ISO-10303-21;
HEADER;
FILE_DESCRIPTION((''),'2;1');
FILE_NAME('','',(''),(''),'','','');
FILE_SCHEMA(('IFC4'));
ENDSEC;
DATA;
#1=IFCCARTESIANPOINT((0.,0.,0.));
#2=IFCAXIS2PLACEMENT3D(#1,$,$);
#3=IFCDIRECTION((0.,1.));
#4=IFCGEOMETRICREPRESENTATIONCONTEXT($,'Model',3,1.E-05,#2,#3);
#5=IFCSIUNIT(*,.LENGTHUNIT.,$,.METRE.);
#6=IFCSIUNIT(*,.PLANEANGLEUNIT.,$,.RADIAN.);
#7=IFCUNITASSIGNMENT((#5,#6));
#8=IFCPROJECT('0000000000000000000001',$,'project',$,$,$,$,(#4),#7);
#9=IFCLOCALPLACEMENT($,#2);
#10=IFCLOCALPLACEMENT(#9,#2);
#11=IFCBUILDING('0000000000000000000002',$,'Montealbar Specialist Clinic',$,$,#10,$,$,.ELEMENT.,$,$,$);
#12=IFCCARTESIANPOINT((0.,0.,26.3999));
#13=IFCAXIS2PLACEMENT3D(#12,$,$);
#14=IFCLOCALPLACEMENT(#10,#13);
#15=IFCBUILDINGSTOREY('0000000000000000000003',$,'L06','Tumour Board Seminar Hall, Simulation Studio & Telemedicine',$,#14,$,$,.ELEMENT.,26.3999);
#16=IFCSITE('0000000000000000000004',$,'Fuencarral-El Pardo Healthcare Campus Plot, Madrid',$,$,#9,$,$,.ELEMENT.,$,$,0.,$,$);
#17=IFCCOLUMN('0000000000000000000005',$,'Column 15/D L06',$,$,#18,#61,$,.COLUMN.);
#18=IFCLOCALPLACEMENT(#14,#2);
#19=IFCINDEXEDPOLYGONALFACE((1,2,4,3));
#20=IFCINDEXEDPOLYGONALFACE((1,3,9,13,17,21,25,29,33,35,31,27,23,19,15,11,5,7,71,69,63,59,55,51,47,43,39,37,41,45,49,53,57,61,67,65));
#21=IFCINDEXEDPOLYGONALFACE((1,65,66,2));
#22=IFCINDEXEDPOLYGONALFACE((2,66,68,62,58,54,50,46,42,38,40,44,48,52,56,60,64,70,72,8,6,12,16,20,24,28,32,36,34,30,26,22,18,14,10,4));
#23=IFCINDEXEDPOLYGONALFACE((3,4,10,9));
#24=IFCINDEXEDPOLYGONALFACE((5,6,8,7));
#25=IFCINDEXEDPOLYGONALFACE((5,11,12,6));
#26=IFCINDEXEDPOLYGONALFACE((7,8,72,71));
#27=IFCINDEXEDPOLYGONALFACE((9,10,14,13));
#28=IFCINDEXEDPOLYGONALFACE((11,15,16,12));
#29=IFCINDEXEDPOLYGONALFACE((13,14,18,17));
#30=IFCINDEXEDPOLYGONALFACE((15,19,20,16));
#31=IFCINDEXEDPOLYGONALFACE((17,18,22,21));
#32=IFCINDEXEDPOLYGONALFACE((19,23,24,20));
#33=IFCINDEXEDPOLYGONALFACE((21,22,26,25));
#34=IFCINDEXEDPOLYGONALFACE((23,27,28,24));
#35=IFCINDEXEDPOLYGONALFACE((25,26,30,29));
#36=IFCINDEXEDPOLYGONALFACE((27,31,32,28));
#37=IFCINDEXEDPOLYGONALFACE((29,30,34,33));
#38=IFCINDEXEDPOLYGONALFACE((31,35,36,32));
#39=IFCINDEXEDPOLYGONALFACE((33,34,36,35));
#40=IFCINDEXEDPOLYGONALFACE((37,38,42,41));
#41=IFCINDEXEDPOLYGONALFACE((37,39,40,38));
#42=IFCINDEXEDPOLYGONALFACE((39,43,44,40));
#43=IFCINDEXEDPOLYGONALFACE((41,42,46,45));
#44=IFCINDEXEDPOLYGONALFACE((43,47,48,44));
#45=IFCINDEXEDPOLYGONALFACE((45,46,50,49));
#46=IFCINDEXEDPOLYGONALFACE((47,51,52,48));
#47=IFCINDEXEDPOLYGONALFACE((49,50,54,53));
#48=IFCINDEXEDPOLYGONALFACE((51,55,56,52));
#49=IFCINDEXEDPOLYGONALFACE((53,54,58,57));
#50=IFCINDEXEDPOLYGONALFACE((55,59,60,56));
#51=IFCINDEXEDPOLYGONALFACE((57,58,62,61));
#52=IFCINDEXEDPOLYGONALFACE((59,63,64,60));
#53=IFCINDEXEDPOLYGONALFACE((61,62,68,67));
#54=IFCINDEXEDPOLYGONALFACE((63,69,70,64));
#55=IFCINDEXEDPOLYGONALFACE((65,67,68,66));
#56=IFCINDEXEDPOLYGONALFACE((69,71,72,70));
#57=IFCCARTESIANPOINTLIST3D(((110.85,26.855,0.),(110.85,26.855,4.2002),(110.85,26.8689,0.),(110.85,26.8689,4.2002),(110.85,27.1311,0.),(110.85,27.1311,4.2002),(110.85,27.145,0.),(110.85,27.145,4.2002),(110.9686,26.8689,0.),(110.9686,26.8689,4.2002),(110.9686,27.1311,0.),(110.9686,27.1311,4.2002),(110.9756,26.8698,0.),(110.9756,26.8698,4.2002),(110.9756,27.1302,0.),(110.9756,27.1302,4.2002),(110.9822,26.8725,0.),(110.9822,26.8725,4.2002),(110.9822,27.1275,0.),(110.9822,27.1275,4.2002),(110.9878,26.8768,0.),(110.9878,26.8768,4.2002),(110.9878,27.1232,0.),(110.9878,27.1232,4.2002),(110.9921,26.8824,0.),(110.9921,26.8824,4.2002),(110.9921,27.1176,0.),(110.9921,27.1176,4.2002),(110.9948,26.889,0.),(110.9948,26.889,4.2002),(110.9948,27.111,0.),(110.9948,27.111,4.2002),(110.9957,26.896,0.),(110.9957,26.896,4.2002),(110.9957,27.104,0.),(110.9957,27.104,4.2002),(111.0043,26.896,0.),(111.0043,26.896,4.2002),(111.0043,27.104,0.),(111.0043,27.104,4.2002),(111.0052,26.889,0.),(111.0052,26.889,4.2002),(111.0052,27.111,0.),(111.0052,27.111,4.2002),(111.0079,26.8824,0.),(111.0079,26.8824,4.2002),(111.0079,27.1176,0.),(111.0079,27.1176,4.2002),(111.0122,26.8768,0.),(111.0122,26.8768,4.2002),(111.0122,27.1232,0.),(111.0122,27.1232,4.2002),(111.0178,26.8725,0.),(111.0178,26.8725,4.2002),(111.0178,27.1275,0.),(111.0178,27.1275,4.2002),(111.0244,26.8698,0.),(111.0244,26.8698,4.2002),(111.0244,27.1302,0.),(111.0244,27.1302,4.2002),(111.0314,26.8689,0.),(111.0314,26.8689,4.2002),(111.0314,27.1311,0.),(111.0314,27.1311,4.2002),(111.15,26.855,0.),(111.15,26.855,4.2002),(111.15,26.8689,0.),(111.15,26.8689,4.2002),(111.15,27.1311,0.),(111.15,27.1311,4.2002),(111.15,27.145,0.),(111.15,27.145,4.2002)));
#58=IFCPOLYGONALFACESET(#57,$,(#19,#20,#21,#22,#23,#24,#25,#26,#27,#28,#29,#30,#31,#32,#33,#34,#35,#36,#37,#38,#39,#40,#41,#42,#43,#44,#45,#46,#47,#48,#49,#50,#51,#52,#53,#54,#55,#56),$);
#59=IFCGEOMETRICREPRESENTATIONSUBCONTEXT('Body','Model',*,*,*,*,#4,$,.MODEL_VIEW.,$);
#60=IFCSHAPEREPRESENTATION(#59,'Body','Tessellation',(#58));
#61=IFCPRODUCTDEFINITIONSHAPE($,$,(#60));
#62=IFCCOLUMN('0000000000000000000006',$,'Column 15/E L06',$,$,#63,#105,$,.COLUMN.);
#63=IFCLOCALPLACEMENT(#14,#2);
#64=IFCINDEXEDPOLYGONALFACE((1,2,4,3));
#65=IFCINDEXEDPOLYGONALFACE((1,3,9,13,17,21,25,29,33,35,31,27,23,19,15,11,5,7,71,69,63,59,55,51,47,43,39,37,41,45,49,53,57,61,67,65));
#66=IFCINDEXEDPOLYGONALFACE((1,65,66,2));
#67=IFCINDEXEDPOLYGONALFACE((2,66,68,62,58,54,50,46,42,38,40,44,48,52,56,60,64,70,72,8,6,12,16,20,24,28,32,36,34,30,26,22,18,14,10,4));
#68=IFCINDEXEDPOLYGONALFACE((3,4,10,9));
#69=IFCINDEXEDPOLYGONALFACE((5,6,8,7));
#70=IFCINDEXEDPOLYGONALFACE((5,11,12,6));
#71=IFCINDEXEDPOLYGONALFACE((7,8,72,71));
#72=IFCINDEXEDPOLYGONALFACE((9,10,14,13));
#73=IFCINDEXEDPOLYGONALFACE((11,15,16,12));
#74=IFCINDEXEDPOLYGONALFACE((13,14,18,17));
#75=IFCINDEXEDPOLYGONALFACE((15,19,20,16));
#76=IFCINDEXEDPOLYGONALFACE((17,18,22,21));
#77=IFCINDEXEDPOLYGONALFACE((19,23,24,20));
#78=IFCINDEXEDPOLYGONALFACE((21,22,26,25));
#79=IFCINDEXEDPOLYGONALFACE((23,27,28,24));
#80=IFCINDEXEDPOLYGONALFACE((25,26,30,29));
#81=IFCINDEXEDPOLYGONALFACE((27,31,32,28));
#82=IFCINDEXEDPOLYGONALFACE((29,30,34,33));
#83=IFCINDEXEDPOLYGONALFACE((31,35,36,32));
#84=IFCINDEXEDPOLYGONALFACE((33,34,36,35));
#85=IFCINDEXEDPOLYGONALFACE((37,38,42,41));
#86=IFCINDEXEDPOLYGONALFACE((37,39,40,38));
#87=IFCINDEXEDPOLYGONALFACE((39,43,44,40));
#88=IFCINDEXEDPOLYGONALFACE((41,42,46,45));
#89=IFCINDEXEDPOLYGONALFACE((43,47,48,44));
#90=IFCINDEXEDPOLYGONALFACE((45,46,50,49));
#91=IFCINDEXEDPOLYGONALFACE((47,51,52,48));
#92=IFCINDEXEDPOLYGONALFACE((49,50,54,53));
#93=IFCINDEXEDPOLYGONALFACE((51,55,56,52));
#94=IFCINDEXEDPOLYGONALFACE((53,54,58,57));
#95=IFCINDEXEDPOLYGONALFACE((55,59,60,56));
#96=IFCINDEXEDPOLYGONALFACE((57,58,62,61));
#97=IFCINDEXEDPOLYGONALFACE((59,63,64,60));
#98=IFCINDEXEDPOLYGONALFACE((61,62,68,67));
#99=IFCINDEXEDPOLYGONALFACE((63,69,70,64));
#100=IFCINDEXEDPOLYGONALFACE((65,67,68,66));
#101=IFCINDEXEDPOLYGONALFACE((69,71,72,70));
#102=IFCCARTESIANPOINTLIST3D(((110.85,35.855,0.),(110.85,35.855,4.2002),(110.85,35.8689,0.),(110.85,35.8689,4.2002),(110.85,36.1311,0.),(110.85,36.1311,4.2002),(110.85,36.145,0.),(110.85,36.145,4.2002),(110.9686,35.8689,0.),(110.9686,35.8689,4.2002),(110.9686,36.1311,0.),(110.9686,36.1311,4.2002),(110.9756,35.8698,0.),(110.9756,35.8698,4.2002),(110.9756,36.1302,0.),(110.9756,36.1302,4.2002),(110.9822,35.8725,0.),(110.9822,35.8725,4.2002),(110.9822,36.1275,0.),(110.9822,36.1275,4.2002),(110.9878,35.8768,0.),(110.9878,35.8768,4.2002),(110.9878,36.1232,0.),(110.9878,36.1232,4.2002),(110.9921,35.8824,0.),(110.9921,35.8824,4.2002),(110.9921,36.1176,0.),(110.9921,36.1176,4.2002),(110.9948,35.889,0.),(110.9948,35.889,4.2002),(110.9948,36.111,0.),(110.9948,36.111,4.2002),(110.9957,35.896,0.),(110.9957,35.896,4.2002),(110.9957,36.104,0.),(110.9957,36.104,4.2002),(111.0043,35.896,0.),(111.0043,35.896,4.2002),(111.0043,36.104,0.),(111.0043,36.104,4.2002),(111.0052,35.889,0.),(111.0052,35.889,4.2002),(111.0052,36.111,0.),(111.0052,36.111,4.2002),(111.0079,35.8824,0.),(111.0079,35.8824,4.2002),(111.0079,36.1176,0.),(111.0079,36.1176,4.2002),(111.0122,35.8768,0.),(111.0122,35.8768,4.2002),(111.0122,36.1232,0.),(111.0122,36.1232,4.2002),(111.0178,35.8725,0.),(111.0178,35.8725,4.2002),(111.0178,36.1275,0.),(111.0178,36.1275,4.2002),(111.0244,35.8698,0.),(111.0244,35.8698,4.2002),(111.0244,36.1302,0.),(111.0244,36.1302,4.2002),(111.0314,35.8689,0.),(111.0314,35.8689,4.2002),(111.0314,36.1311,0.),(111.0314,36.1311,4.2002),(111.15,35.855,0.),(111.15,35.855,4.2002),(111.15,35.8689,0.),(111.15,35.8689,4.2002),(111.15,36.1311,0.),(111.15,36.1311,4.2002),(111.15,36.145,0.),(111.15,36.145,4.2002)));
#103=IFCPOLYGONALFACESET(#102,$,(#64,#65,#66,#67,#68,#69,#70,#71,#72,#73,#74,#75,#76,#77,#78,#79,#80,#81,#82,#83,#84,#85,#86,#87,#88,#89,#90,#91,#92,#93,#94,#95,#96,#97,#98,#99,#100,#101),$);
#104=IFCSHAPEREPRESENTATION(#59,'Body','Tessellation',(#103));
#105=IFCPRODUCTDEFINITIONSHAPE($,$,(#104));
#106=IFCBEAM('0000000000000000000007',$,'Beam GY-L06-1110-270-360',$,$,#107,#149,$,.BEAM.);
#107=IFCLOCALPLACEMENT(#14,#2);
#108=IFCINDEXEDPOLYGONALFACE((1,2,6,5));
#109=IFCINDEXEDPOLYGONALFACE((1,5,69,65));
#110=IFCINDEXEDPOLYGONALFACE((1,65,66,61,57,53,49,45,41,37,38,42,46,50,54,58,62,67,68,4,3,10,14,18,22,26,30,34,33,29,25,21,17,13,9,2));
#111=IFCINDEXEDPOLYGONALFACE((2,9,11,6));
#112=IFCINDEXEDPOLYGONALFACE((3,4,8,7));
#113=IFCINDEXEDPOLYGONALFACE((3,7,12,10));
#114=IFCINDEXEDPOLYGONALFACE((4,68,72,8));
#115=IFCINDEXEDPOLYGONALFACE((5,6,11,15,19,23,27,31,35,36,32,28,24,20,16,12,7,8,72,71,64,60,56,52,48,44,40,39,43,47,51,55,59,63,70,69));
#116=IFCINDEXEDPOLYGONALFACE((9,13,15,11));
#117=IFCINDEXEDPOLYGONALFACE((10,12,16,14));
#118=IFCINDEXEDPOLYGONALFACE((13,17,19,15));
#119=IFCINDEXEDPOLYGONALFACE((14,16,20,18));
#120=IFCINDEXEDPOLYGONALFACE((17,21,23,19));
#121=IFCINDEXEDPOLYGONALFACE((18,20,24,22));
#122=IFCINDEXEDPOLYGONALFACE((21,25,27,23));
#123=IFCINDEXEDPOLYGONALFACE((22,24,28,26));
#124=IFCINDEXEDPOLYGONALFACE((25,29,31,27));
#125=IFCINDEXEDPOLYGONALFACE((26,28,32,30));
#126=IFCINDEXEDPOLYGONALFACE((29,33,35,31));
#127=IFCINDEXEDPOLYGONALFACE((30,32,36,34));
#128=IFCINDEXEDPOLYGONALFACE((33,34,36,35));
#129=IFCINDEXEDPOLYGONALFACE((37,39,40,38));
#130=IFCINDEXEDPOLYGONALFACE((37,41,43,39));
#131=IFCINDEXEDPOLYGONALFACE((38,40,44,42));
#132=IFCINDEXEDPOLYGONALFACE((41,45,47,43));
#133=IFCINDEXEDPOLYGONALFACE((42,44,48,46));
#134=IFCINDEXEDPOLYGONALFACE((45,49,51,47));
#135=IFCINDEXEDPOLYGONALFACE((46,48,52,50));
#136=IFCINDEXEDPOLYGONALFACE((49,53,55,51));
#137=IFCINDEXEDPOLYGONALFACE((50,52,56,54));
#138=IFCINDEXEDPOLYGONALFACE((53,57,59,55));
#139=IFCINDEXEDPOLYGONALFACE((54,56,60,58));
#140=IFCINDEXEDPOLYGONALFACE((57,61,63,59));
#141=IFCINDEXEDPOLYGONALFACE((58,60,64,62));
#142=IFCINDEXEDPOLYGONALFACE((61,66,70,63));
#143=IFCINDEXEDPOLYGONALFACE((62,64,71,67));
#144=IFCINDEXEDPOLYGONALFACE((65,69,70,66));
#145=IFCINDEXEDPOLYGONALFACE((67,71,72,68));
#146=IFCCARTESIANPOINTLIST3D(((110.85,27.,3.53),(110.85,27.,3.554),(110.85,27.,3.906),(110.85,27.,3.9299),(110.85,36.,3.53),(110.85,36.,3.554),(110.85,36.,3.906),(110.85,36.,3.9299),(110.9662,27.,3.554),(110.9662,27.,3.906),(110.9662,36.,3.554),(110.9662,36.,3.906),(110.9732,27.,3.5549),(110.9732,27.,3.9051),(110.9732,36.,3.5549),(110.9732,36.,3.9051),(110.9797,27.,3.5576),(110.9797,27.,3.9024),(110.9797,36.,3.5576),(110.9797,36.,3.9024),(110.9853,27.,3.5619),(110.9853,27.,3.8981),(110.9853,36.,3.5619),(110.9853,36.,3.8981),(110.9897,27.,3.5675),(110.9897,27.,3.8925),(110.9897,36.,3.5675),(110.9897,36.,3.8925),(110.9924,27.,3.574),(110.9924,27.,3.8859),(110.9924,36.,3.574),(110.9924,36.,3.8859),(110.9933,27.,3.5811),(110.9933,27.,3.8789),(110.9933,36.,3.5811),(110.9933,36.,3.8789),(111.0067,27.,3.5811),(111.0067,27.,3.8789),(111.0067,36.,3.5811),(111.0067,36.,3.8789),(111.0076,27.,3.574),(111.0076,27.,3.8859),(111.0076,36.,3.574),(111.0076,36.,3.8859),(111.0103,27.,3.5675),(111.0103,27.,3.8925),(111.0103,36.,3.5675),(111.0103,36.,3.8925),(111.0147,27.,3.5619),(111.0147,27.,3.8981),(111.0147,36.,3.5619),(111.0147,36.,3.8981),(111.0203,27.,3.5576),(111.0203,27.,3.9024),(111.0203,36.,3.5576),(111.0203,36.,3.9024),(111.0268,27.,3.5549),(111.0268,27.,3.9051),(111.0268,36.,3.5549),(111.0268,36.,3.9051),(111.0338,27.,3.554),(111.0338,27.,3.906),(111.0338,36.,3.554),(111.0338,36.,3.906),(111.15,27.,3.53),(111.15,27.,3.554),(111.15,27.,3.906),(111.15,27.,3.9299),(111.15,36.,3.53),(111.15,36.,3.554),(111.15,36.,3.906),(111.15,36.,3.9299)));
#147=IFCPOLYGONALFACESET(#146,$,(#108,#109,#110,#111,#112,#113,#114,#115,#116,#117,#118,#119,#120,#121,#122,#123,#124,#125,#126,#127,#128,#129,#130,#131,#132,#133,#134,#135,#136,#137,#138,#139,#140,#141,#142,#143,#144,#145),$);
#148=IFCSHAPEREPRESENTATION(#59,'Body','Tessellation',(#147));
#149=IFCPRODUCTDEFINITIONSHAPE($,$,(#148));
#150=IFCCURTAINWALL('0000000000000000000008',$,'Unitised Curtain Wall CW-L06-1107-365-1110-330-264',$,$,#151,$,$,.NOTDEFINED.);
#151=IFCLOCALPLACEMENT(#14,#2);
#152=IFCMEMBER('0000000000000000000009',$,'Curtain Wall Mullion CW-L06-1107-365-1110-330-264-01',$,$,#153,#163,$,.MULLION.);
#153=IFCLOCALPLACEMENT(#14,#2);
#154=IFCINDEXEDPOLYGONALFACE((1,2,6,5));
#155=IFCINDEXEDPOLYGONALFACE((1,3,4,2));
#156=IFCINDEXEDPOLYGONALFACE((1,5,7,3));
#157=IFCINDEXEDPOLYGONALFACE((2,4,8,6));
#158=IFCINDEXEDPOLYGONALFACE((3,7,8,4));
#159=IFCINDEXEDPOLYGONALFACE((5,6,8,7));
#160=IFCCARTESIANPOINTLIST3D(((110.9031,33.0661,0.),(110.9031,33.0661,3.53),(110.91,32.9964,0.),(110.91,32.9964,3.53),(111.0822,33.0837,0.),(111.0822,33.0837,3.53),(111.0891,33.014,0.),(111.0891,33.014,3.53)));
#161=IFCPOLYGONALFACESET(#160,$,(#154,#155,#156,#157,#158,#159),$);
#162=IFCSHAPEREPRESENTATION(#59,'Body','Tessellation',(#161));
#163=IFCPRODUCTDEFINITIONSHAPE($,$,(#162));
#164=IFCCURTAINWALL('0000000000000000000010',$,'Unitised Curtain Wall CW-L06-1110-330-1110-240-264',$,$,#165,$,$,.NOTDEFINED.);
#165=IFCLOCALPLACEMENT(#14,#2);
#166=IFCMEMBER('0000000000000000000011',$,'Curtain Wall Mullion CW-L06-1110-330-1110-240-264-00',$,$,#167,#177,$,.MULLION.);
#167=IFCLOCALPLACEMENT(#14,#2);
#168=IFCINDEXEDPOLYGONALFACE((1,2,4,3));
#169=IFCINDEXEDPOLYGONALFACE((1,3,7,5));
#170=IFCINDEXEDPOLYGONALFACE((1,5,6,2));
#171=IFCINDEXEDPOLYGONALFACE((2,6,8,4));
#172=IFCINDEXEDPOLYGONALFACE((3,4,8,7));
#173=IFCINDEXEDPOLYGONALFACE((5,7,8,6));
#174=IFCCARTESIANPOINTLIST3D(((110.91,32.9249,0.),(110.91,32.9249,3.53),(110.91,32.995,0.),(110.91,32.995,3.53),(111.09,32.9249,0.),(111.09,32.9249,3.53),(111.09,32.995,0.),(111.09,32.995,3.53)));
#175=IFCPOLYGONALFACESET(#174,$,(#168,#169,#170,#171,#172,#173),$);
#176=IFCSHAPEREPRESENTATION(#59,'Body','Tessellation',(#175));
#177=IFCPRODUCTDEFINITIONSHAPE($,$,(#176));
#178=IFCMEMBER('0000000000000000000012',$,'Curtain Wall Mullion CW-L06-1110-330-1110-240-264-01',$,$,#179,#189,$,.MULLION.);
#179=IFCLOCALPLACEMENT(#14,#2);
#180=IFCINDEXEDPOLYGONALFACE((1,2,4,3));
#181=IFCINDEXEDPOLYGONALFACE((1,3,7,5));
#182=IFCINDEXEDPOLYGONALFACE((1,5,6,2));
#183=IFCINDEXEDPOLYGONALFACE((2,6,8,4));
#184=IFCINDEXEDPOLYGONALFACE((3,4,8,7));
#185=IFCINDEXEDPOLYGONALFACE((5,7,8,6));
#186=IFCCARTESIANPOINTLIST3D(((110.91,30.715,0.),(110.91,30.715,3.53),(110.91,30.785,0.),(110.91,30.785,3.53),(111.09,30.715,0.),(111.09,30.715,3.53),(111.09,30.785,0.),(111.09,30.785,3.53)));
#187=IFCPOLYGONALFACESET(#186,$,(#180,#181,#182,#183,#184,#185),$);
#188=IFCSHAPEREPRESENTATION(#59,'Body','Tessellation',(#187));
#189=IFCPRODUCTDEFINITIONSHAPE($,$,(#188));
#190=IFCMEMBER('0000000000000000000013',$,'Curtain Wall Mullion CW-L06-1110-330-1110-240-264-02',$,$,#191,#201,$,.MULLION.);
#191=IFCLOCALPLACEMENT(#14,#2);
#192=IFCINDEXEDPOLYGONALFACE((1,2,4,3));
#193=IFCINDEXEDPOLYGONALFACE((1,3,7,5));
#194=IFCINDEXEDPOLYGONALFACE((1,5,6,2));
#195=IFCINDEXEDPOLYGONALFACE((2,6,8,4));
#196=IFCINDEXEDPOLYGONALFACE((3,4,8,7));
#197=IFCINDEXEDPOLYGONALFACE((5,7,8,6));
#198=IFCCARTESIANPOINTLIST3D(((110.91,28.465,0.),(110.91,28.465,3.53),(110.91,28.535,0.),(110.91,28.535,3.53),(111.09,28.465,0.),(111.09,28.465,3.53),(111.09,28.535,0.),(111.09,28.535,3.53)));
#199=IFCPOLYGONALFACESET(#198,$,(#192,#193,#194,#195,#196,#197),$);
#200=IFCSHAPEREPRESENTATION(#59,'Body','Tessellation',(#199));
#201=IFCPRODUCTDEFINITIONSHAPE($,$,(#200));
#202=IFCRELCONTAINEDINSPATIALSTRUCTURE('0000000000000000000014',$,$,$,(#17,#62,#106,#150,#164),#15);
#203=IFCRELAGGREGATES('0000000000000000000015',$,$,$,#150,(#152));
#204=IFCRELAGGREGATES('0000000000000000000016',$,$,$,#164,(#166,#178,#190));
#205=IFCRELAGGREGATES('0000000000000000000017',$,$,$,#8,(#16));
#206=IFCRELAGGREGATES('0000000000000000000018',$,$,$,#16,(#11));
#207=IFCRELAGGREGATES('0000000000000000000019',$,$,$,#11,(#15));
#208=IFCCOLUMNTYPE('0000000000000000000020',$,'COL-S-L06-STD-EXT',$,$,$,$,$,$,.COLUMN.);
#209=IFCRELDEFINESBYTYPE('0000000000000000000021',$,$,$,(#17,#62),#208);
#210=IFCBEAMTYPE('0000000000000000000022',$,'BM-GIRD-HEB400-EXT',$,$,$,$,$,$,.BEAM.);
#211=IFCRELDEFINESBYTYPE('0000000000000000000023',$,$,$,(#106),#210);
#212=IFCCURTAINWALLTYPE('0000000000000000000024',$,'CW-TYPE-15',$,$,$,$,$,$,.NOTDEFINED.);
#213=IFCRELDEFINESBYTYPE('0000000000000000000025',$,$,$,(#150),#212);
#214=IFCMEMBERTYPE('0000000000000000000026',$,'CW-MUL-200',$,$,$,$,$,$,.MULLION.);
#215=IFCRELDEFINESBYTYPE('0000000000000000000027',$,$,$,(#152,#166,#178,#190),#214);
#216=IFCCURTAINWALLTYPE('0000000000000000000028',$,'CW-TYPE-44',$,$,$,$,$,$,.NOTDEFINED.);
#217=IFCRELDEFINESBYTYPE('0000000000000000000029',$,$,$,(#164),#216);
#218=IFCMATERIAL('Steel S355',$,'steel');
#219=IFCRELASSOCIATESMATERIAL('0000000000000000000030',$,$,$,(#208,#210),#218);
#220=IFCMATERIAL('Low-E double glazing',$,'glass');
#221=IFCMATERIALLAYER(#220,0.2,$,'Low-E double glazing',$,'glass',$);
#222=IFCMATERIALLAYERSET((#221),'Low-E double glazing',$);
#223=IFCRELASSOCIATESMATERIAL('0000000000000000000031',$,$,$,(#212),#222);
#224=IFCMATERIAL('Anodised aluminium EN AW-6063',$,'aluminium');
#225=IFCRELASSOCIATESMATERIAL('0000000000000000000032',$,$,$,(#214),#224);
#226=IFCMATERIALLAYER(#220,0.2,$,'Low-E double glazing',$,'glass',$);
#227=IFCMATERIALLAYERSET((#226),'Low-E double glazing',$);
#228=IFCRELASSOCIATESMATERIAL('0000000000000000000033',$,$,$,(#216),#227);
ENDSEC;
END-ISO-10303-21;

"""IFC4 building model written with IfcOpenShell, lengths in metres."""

from ifc_helpers import new_model, si_unit, direction, frame, origin, origin_2d, place, context, subcontext, project, spatial, rectangle, i_section, extrude, material, layer, layer_set, material_profile, profile_set, type_object, element, aggregate, save


model = new_model("IFC4")

# Units and contexts
model_context = context("Model", 3, precision=1e-05, world=origin(), true_north=direction((0.0, 1.0)))
body_context = subcontext(model_context, "Body", "Model", "MODEL_VIEW")
ifc_project = project(units=[si_unit("LENGTHUNIT", "METRE"), si_unit("PLANEANGLEUNIT", "RADIAN")], contexts=[model_context])

# Site, building, storey
site_placement = place(None, origin())
site = spatial("IfcSite", under=ifc_project, at=site_placement, Name="Fuencarral-El Pardo Healthcare Campus Plot, Madrid", CompositionType="ELEMENT", RefElevation=0.0)
building_placement = place(site_placement, origin())
building = spatial("IfcBuilding", under=site, at=building_placement, Name="Montealbar Specialist Clinic", CompositionType="ELEMENT")
storey_placement = place(building_placement, frame((0.0, 0.0, 26.3999)))
storey = spatial("IfcBuildingStorey", under=building, at=storey_placement, Name="L06", Description="Tumour Board Seminar Hall, Simulation Studio & Telemedicine", CompositionType="ELEMENT", Elevation=26.3999)

# Columns
ifc_material_1 = material(Name="Steel S355", Category="steel")
ifc_material_profile_1 = material_profile(ifc_material_1, i_section(OverallWidth=0.3, OverallDepth=0.29, WebThickness=0.0085, FlangeThickness=0.0139, FilletRadius=0.0271, at=origin_2d()), Name="HEA 300", Category="steel")
ifc_profile_set_1 = profile_set([ifc_material_profile_1], Name="Steel S355")
column_type = type_object("IfcColumnType", Name="COL-S-L06-STD-EXT", PredefinedType="COLUMN", material=ifc_profile_set_1)
for number, where, z_axis, x_axis, name in (
    (1, (111.0, 27.0, 0.0), (0.0, 0.0, 1.0), (1.0, 0.0, 0.0), "Column 15/D L06"),
    (2, (111.0, 36.0, 0.0), (0.0, 0.0, 1.0), (1.0, 0.0, 0.0), "Column 15/E L06"),
):
    element("IfcColumn", number, at=place(storey_placement, frame(where, z_axis=z_axis, x_axis=x_axis)), inside=storey, type_object=column_type, Name=name, PredefinedType="COLUMN", context=body_context, shape_type="SweptSolid", body=[
        extrude(i_section(OverallWidth=0.3, OverallDepth=0.29, WebThickness=0.0085, FlangeThickness=0.0139, FilletRadius=0.0271, at=origin_2d()), origin(), (0.0, 0.0, 1.0), 4.2002),
    ])

# Beam
ifc_material_profile_2 = material_profile(ifc_material_1, i_section(OverallWidth=0.3, OverallDepth=0.3999, WebThickness=0.0134, FlangeThickness=0.0239, FilletRadius=0.0271, at=origin_2d()), Name="HEB 400", Category="steel")
ifc_profile_set_2 = profile_set([ifc_material_profile_2], Name="Steel S355")
beam_type = type_object("IfcBeamType", Name="BM-GIRD-HEB400-EXT", PredefinedType="BEAM", material=ifc_profile_set_2)
beam_placement = place(storey_placement, frame((111.0, 27.0, 3.73), z_axis=(0.0, 1.0, 0.0), x_axis=(-1.0, 0.0, 0.0)))
element("IfcBeam", 3, at=beam_placement, inside=storey, type_object=beam_type, Name="Beam GY-L06-1110-270-360", PredefinedType="BEAM", context=body_context, shape_type="SweptSolid", body=[
    extrude(i_section(OverallWidth=0.3, OverallDepth=0.3999, WebThickness=0.0134, FlangeThickness=0.0239, FilletRadius=0.0271, at=origin_2d()), origin(), (0.0, 0.0, 1.0), 9.0),
])

# Curtain wall, member
ifc_material_2 = material(Name="Low-E double glazing", Category="glass")
ifc_layer_1 = layer(ifc_material_2, 0.2, Name="Low-E double glazing", Category="glass")
ifc_layer_set_1 = layer_set([ifc_layer_1], Name="Low-E double glazing")
curtain_wall_type_1 = type_object("IfcCurtainWallType", Name="CW-TYPE-15", PredefinedType="NOTDEFINED", material=ifc_layer_set_1)
curtain_wall_1_placement = place(storey_placement, origin())
curtain_wall_1 = element("IfcCurtainWall", 4, at=curtain_wall_1_placement, inside=storey, type_object=curtain_wall_type_1, Name="Unitised Curtain Wall CW-L06-1107-365-1110-330-264", PredefinedType="NOTDEFINED")
ifc_material_3 = material(Name="Anodised aluminium EN AW-6063", Category="aluminium")
ifc_material_profile_3 = material_profile(ifc_material_3, rectangle(XDim=0.0701, YDim=0.1799, at=origin_2d()), Name="ALU 70x180", Category="aluminium")
ifc_profile_set_3 = profile_set([ifc_material_profile_3], Name="Anodised aluminium EN AW-6063")
member_type_1 = type_object("IfcMemberType", Name="CW-MUL-200", PredefinedType="MULLION", material=ifc_profile_set_3)
member_1_placement = place(storey_placement, frame((110.9961, 33.04, 0.0), z_axis=(0.0, 0.0, 1.0), x_axis=(0.098045, -0.995182, 0.0)))
member_1 = element("IfcMember", 5, at=member_1_placement, type_object=member_type_1, Name="Curtain Wall Mullion CW-L06-1107-365-1110-330-264-01", PredefinedType="MULLION", context=body_context, shape_type="SweptSolid", body=[
    extrude(rectangle(XDim=0.0701, YDim=0.1799, at=origin_2d()), origin(), (0.0, 0.0, 1.0), 3.53),
])

# Curtain wall, members
ifc_layer_2 = layer(ifc_material_2, 0.2, Name="Low-E double glazing", Category="glass")
ifc_layer_set_2 = layer_set([ifc_layer_2], Name="Low-E double glazing")
curtain_wall_type_2 = type_object("IfcCurtainWallType", Name="CW-TYPE-44", PredefinedType="NOTDEFINED", material=ifc_layer_set_2)
curtain_wall_2_placement = place(storey_placement, origin())
curtain_wall_2 = element("IfcCurtainWall", 6, at=curtain_wall_2_placement, inside=storey, type_object=curtain_wall_type_2, Name="Unitised Curtain Wall CW-L06-1110-330-1110-240-264", PredefinedType="NOTDEFINED")
member_2_placement = place(storey_placement, frame((111.0, 32.96, 0.0), z_axis=(0.0, 0.0, 1.0), x_axis=(0.0, -1.0, 0.0)))
member_2 = element("IfcMember", 7, at=member_2_placement, type_object=member_type_1, Name="Curtain Wall Mullion CW-L06-1110-330-1110-240-264-00", PredefinedType="MULLION", context=body_context, shape_type="SweptSolid", body=[
    extrude(rectangle(XDim=0.0701, YDim=0.1799, at=origin_2d()), origin(), (0.0, 0.0, 1.0), 3.53),
])
member_3_placement = place(storey_placement, frame((111.0, 30.75, 0.0), z_axis=(0.0, 0.0, 1.0), x_axis=(0.0, -1.0, 0.0)))
member_3 = element("IfcMember", 8, at=member_3_placement, type_object=member_type_1, Name="Curtain Wall Mullion CW-L06-1110-330-1110-240-264-01", PredefinedType="MULLION", context=body_context, shape_type="SweptSolid", body=[
    extrude(rectangle(XDim=0.0701, YDim=0.1799, at=origin_2d()), origin(), (0.0, 0.0, 1.0), 3.53),
])
member_4_placement = place(storey_placement, frame((111.0, 28.5, 0.0), z_axis=(0.0, 0.0, 1.0), x_axis=(0.0, -1.0, 0.0)))
member_4 = element("IfcMember", 9, at=member_4_placement, type_object=member_type_1, Name="Curtain Wall Mullion CW-L06-1110-330-1110-240-264-02", PredefinedType="MULLION", context=body_context, shape_type="SweptSolid", body=[
    extrude(rectangle(XDim=0.0701, YDim=0.1799, at=origin_2d()), origin(), (0.0, 0.0, 1.0), 3.53),
])

aggregate(curtain_wall_1, [member_1])
aggregate(curtain_wall_2, [member_2, member_3, member_4])

save(model, "model.ifc")
